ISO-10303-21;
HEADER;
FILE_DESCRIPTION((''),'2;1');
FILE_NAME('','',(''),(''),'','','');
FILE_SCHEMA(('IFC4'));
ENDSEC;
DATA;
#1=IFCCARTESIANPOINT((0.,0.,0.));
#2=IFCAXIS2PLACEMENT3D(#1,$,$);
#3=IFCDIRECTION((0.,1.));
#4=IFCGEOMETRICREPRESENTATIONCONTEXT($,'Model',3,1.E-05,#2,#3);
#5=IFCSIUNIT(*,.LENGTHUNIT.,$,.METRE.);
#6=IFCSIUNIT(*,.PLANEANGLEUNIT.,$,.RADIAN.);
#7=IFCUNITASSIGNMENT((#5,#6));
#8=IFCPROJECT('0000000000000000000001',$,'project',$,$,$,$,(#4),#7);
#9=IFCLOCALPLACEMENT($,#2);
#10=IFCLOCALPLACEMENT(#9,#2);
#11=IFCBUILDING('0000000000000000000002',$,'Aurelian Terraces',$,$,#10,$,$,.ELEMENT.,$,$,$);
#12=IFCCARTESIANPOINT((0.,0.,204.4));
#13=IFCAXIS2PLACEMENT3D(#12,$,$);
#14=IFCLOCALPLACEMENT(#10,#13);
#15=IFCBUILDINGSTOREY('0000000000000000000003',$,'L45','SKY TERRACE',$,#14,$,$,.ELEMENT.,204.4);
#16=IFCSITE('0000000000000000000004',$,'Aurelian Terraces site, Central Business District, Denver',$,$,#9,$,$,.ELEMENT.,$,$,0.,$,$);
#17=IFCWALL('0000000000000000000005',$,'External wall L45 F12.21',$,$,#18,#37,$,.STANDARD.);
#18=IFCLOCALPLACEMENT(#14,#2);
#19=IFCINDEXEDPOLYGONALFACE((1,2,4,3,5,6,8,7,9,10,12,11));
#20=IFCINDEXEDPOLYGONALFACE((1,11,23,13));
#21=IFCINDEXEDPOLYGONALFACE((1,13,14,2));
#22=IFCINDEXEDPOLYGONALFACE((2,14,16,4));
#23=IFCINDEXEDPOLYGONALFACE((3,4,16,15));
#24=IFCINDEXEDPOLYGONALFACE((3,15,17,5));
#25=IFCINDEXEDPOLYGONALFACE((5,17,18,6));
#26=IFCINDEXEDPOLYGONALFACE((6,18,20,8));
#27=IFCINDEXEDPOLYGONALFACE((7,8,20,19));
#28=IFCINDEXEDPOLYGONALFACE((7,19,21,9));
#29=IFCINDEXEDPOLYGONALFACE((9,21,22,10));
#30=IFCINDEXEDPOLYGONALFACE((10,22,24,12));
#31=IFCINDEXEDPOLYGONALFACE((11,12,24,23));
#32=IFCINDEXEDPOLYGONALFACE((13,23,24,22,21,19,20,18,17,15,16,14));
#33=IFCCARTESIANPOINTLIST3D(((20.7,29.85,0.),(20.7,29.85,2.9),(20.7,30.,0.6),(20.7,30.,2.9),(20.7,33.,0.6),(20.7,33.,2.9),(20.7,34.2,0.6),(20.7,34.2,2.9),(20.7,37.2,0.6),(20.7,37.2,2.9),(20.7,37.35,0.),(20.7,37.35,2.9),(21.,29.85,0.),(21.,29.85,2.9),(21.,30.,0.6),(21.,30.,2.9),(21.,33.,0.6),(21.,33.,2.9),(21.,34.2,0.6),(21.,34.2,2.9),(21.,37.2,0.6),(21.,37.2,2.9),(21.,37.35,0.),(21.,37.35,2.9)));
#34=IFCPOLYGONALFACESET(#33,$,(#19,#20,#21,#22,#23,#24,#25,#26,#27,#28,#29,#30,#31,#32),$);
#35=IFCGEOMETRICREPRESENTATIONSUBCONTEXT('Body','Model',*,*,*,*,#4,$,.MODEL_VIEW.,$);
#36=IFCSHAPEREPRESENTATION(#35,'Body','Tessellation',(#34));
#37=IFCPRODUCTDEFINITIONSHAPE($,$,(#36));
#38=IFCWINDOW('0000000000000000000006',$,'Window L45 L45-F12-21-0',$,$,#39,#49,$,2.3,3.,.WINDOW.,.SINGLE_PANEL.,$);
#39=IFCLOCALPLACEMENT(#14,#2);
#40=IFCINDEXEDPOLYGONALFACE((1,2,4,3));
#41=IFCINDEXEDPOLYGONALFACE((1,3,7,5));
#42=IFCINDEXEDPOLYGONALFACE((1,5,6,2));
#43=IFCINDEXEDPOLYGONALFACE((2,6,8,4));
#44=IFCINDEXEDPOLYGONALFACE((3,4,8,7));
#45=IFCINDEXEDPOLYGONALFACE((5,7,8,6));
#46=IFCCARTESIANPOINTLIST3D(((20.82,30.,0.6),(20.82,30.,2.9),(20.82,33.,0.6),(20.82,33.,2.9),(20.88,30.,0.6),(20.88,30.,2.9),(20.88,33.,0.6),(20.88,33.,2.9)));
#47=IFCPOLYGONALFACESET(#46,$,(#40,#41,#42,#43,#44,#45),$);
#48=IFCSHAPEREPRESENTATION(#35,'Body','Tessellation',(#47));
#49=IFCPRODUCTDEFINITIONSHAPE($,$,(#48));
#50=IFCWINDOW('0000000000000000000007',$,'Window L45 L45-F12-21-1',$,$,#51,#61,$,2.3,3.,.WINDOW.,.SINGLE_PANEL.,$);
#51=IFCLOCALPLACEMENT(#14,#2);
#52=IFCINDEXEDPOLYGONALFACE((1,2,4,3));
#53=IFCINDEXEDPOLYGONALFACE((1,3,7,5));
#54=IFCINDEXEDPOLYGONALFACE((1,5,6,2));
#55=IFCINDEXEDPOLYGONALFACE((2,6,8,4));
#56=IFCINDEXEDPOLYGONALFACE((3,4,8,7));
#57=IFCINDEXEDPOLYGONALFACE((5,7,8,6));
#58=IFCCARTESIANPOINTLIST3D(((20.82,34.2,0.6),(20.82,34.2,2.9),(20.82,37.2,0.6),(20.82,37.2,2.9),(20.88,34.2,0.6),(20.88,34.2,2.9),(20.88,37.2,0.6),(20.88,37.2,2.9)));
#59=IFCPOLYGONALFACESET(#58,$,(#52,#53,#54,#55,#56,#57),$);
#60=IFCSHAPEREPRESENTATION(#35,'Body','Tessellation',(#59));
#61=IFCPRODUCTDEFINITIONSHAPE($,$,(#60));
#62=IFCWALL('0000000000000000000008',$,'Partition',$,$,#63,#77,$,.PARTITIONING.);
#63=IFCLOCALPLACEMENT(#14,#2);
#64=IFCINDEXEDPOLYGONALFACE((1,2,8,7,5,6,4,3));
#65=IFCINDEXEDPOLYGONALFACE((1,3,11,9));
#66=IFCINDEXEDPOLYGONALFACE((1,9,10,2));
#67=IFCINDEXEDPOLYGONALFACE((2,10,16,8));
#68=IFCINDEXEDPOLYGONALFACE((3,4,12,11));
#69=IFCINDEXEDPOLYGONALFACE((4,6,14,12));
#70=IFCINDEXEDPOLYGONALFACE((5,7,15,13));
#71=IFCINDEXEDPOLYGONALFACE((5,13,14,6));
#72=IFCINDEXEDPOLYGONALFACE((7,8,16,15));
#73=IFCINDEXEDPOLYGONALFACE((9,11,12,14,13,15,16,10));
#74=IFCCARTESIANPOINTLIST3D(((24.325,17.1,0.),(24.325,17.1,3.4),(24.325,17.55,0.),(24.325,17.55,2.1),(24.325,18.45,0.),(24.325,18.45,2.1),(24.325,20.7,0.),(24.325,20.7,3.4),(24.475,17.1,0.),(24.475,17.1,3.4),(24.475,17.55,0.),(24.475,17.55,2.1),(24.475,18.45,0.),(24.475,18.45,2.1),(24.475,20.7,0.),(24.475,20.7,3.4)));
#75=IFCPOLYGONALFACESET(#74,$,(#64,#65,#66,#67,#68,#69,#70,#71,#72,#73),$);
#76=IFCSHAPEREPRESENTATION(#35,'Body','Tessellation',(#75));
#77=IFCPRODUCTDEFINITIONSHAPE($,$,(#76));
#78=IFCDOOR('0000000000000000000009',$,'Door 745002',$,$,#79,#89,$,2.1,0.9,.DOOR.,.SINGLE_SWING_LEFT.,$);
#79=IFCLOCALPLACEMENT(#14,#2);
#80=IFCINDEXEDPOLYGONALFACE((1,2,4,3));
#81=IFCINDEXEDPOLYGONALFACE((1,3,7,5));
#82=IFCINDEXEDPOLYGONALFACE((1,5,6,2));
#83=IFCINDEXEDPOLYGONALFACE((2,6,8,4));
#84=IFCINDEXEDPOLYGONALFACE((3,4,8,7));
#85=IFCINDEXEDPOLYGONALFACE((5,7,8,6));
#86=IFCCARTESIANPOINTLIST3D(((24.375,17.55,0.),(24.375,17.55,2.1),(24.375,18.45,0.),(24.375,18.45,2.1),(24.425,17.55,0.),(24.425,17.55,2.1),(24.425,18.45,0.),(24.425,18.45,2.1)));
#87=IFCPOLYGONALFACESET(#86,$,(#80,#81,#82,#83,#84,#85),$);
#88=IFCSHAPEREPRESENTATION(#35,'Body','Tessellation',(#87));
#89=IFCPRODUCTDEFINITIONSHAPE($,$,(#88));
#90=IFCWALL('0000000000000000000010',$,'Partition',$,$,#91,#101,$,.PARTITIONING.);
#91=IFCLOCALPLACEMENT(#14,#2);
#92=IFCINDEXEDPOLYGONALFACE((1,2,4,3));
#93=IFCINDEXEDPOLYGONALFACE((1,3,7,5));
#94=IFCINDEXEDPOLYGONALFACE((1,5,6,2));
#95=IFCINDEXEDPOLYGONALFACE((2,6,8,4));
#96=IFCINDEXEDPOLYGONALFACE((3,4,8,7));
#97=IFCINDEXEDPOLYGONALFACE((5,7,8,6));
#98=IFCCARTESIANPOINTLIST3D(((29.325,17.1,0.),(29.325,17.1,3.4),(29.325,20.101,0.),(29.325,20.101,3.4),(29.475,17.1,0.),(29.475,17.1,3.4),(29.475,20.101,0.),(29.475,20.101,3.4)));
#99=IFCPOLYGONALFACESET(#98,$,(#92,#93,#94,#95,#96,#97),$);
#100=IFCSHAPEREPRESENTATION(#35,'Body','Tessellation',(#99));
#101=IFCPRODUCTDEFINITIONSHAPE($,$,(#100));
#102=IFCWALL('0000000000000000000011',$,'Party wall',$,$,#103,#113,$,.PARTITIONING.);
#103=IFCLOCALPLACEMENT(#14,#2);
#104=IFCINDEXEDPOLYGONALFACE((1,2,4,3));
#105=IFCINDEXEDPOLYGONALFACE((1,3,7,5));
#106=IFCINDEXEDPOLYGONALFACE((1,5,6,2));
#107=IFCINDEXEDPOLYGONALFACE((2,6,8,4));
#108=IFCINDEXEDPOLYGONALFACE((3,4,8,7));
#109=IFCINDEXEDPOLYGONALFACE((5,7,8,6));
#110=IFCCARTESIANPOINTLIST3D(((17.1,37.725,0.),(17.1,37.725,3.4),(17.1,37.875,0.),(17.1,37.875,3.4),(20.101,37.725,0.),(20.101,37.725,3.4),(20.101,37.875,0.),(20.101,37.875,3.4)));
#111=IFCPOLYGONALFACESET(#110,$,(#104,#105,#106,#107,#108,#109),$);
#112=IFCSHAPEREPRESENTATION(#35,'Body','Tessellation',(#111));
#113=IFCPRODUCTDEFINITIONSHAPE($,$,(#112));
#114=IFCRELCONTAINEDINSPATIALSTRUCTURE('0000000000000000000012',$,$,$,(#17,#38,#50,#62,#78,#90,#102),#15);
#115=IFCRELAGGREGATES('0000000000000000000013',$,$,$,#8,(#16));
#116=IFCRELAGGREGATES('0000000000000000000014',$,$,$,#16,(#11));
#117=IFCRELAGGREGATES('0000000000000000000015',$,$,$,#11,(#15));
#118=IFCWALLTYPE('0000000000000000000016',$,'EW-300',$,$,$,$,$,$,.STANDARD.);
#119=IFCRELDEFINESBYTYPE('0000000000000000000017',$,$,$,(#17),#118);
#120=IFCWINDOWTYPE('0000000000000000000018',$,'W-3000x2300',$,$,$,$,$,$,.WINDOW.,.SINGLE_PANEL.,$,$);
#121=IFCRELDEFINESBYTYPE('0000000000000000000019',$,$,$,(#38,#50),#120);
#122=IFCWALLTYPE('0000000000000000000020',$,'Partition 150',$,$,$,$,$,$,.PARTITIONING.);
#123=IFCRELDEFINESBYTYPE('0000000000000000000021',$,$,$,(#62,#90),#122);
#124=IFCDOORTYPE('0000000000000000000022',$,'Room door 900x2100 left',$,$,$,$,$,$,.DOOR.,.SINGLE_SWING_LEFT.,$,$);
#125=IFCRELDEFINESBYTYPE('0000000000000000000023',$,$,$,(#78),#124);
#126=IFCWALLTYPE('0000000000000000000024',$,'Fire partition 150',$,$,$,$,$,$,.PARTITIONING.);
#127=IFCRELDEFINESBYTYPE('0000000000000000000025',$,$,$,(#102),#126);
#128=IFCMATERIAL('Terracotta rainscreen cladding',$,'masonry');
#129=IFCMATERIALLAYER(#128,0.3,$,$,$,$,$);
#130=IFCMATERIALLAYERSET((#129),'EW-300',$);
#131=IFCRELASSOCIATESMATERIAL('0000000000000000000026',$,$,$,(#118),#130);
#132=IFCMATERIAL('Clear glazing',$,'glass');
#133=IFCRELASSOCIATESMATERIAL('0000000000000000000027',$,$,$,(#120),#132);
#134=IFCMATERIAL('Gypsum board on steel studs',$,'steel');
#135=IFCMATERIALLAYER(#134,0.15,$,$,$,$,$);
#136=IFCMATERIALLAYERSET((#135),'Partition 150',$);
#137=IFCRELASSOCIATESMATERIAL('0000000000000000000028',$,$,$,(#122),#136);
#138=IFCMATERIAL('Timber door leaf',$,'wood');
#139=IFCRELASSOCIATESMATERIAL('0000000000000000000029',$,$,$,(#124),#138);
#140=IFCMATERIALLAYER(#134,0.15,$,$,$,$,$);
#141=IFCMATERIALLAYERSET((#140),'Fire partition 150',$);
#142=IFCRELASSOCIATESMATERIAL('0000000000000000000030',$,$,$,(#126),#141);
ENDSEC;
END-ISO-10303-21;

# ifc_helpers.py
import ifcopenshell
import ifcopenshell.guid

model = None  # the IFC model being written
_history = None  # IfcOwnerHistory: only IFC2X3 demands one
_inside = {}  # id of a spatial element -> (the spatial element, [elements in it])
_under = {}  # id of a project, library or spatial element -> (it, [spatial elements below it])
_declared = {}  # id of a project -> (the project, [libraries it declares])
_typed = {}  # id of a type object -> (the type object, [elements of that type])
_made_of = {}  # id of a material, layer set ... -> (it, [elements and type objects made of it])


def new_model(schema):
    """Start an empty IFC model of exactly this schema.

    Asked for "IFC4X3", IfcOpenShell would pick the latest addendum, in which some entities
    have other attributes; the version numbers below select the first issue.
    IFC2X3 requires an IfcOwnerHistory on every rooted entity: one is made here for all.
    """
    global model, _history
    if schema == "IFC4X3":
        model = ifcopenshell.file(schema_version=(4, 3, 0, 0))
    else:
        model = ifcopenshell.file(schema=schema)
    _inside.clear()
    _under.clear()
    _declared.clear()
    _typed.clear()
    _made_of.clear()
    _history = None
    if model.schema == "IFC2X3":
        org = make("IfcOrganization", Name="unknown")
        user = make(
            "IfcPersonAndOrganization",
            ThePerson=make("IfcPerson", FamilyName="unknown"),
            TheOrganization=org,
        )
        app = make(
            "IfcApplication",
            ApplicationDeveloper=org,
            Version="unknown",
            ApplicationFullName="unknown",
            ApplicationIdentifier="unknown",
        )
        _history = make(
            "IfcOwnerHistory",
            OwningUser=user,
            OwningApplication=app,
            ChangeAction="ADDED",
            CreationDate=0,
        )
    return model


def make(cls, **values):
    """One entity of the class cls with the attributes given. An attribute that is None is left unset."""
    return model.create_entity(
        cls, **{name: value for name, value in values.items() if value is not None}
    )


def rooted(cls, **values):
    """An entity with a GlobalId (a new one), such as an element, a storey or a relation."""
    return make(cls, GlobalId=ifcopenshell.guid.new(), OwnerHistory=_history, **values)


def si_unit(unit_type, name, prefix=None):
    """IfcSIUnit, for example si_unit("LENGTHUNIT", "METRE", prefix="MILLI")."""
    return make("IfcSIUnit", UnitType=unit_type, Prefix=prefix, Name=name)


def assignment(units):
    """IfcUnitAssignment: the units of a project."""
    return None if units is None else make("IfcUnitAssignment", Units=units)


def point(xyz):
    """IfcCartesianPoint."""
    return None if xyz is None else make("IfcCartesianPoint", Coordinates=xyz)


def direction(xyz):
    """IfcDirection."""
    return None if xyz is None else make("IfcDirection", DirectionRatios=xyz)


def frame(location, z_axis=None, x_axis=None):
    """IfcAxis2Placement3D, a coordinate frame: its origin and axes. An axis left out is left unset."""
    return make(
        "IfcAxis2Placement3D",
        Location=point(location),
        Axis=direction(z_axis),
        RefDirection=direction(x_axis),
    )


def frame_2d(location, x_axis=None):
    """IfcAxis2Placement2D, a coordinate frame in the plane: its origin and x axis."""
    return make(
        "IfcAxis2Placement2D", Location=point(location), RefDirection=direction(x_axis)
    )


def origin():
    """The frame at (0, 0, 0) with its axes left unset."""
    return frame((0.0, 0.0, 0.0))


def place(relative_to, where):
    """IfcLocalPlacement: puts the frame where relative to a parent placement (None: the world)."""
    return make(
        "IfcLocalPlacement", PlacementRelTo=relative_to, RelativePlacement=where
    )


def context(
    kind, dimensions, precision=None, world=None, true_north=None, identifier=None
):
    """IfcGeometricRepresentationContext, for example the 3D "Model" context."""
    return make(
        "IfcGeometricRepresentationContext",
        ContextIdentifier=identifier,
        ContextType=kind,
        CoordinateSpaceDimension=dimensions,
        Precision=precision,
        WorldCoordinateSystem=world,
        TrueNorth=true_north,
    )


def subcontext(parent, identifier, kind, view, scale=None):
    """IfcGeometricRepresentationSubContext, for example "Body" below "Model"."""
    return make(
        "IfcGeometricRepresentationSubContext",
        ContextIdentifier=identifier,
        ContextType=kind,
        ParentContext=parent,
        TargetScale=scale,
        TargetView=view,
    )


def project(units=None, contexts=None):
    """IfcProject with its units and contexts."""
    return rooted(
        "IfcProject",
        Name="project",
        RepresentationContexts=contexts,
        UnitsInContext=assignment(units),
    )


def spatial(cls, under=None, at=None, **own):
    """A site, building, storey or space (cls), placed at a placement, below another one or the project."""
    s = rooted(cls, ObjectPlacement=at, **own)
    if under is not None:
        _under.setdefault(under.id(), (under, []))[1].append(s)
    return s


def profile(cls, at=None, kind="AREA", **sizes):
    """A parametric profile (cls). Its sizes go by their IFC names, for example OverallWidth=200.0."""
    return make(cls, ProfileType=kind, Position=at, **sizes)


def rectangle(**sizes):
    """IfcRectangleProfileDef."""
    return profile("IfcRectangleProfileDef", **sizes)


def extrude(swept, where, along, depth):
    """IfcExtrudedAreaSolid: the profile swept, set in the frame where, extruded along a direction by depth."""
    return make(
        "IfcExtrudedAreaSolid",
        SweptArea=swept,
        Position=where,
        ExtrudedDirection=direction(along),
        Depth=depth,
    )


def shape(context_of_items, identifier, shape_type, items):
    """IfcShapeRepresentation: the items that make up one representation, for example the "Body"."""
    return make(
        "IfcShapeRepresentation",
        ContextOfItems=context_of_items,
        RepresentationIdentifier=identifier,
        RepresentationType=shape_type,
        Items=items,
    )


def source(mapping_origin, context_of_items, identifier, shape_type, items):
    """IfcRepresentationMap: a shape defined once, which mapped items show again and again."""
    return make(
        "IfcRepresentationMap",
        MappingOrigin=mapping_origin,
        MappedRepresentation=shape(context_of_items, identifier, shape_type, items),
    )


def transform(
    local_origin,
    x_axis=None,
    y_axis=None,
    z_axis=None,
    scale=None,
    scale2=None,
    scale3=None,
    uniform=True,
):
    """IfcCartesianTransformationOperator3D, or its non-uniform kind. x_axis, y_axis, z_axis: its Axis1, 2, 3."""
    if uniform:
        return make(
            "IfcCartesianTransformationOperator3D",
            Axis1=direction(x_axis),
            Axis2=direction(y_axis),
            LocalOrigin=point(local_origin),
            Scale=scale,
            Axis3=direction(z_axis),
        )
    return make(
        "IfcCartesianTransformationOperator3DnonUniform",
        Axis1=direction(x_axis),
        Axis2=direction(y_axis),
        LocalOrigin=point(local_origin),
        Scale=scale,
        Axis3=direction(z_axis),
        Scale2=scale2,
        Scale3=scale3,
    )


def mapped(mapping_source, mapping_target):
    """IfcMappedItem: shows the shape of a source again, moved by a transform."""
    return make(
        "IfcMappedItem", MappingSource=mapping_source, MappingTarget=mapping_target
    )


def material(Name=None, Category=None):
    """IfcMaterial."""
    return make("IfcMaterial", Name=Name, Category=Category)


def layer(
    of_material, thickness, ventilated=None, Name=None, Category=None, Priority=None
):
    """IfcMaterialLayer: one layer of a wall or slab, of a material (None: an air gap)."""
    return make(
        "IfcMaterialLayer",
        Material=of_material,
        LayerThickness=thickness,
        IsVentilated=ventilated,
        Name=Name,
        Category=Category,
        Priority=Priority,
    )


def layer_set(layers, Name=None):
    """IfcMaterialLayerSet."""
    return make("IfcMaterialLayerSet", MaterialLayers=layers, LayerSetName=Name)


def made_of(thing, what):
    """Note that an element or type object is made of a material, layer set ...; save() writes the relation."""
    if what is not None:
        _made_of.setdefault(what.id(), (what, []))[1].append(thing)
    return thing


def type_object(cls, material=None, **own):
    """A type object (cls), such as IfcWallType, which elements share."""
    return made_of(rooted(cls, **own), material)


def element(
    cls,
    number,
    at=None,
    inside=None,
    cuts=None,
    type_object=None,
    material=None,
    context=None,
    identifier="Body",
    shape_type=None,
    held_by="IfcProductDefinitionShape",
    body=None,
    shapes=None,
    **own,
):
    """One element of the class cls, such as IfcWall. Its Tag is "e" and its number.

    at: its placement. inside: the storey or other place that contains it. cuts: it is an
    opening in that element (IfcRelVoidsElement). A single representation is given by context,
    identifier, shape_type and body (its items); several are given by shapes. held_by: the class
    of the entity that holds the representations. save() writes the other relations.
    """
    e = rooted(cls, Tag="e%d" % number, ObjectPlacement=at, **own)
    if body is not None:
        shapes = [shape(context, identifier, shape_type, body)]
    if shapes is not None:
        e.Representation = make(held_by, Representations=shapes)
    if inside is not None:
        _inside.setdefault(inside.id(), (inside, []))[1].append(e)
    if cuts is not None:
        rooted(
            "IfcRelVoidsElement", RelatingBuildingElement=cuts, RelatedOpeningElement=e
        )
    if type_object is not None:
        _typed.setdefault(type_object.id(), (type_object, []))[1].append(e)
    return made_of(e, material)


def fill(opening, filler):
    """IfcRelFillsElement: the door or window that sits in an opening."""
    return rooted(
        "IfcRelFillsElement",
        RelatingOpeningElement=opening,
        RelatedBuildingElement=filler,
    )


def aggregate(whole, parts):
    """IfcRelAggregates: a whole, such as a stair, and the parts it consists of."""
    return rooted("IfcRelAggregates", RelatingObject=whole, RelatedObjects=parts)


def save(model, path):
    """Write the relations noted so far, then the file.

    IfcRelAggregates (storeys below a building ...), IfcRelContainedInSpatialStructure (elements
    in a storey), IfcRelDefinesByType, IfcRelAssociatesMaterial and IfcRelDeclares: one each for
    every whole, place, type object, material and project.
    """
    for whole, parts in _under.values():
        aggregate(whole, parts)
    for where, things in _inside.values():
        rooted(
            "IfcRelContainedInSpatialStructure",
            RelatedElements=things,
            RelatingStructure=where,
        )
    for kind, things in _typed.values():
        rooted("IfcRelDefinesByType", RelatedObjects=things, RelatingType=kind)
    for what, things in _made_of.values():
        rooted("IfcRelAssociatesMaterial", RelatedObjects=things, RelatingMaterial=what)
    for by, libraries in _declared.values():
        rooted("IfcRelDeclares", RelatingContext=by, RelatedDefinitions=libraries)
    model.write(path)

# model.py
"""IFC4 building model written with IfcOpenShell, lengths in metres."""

from ifc_helpers import new_model, si_unit, direction, frame, frame_2d, origin, place, context, subcontext, project, spatial, rectangle, extrude, source, transform, mapped, material, layer, layer_set, type_object, element, fill, save


model = new_model("IFC4")

# Units and contexts
model_context = context("Model", 3, precision=1e-05, world=origin(), true_north=direction((0.0, 1.0)))
body_context = subcontext(model_context, "Body", "Model", "MODEL_VIEW")
ifc_project = project(units=[si_unit("LENGTHUNIT", "METRE"), si_unit("PLANEANGLEUNIT", "RADIAN")], contexts=[model_context])

# Site, building, storey
site_placement = place(None, origin())
site = spatial("IfcSite", under=ifc_project, at=site_placement, Name="Aurelian Terraces site, Central Business District, Denver", CompositionType="ELEMENT", RefElevation=0.0)
building_placement = place(site_placement, origin())
building = spatial("IfcBuilding", under=site, at=building_placement, Name="Aurelian Terraces", CompositionType="ELEMENT")
storey_placement = place(building_placement, frame((0.0, 0.0, 204.4)))
storey = spatial("IfcBuildingStorey", under=building, at=storey_placement, Name="L45", Description="SKY TERRACE", CompositionType="ELEMENT", Elevation=204.4)

# Shared definitions
ifc_material_1 = material(Name="Terracotta rainscreen cladding", Category="masonry")
ifc_layer_1 = layer(ifc_material_1, 0.3)
ifc_layer_set_1 = layer_set([ifc_layer_1], Name="EW-300")
wall_type_1 = type_object("IfcWallType", Name="EW-300", PredefinedType="STANDARD", material=ifc_layer_set_1)
shared_shape_1 = source(origin(), body_context, "Body", "SweptSolid", [
    extrude(rectangle(XDim=3.0, YDim=2.3, at=frame_2d((1.5, 1.15))), frame((0.0, 0.16, 0.0), z_axis=(0.0, -1.0, 0.0), x_axis=(1.0, 0.0, 0.0)), (0.0, 0.0, 1.0), 0.32),
])
ifc_material_2 = material(Name="Clear glazing", Category="glass")
window_type_1 = type_object("IfcWindowType", Name="W-3000x2300", PartitioningType="SINGLE_PANEL", PredefinedType="WINDOW", material=ifc_material_2)
shared_shape_2 = source(origin(), body_context, "Body", "SweptSolid", [
    extrude(rectangle(XDim=3.0, YDim=2.3, at=frame_2d((1.5, 1.15))), frame((0.0, 0.03, 0.0), z_axis=(0.0, -1.0, 0.0), x_axis=(1.0, 0.0, 0.0)), (0.0, 0.0, 1.0), 0.06),
])

# Wall, openings, windows
shared_shape_3 = source(origin(), body_context, "Body", "SweptSolid", [
    extrude(rectangle(XDim=7.5, YDim=0.3, at=frame_2d((3.75, 0.0))), origin(), (0.0, 0.0, 1.0), 2.9),
])
wall_1_placement = place(storey_placement, frame((20.85, 29.85, 0.0), z_axis=(0.0, 0.0, 1.0), x_axis=(0.0, 1.0, 0.0)))
wall_1 = element("IfcWall", 1, at=wall_1_placement, inside=storey, type_object=wall_type_1, Name="External wall L45 F12.21", PredefinedType="STANDARD", context=body_context, shape_type="MappedRepresentation", body=[
    mapped(shared_shape_3, transform((0.0, 0.0, 0.0), scale=1.0)),
])
opening_1_placement = place(wall_1_placement, frame((0.15, 0.0, 0.6)))
opening_1 = element("IfcOpeningElement", 2, at=opening_1_placement, cuts=wall_1, PredefinedType="OPENING", context=body_context, shape_type="MappedRepresentation", body=[
    mapped(shared_shape_1, transform((0.0, 0.0, 0.0), scale=1.0)),
])
opening_2_placement = place(wall_1_placement, frame((4.35, 0.0, 0.6)))
opening_2 = element("IfcOpeningElement", 3, at=opening_2_placement, cuts=wall_1, PredefinedType="OPENING", context=body_context, shape_type="MappedRepresentation", body=[
    mapped(shared_shape_1, transform((0.0, 0.0, 0.0), scale=1.0)),
])
window_1_placement = place(opening_1_placement, origin())
window_1 = element("IfcWindow", 4, at=window_1_placement, inside=storey, type_object=window_type_1, Name="Window L45 L45-F12-21-0", OverallHeight=2.3, OverallWidth=3.0, PartitioningType="SINGLE_PANEL", PredefinedType="WINDOW", context=body_context, shape_type="MappedRepresentation", body=[
    mapped(shared_shape_2, transform((0.0, 0.0, 0.0), scale=1.0)),
])
fill(opening_1, window_1)
window_2_placement = place(opening_2_placement, origin())
window_2 = element("IfcWindow", 5, at=window_2_placement, inside=storey, type_object=window_type_1, Name="Window L45 L45-F12-21-1", OverallHeight=2.3, OverallWidth=3.0, PartitioningType="SINGLE_PANEL", PredefinedType="WINDOW", context=body_context, shape_type="MappedRepresentation", body=[
    mapped(shared_shape_2, transform((0.0, 0.0, 0.0), scale=1.0)),
])
fill(opening_2, window_2)

# Wall, opening, door
ifc_material_3 = material(Name="Gypsum board on steel studs", Category="steel")
ifc_layer_2 = layer(ifc_material_3, 0.15)
ifc_layer_set_2 = layer_set([ifc_layer_2], Name="Partition 150")
wall_type_2 = type_object("IfcWallType", Name="Partition 150", PredefinedType="PARTITIONING", material=ifc_layer_set_2)
shared_shape_4 = source(origin(), body_context, "Body", "SweptSolid", [
    extrude(rectangle(XDim=3.6, YDim=0.15, at=frame_2d((1.8, 0.0))), origin(), (0.0, 0.0, 1.0), 3.4),
])
wall_2_placement = place(storey_placement, frame((24.4, 20.7, 0.0), z_axis=(0.0, 0.0, 1.0), x_axis=(0.0, -1.0, 0.0)))
wall_2 = element("IfcWall", 6, at=wall_2_placement, inside=storey, type_object=wall_type_2, Name="Partition", PredefinedType="PARTITIONING", context=body_context, shape_type="MappedRepresentation", body=[
    mapped(shared_shape_4, transform((0.0, 0.0, 0.0), scale=1.0)),
])
shared_shape_5 = source(origin(), body_context, "Body", "SweptSolid", [
    extrude(rectangle(XDim=0.9, YDim=2.1, at=frame_2d((0.45, 1.05))), frame((0.0, 0.085, 0.0), z_axis=(0.0, -1.0, 0.0), x_axis=(1.0, 0.0, 0.0)), (0.0, 0.0, 1.0), 0.17),
])
opening_3_placement = place(wall_2_placement, frame((2.25, 0.0, 0.0)))
opening_3 = element("IfcOpeningElement", 7, at=opening_3_placement, cuts=wall_2, PredefinedType="OPENING", context=body_context, shape_type="MappedRepresentation", body=[
    mapped(shared_shape_5, transform((0.0, 0.0, 0.0), scale=1.0)),
])
ifc_material_4 = material(Name="Timber door leaf", Category="wood")
door_type = type_object("IfcDoorType", Name="Room door 900x2100 left", OperationType="SINGLE_SWING_LEFT", PredefinedType="DOOR", material=ifc_material_4)
shared_shape_6 = source(origin(), body_context, "Body", "SweptSolid", [
    extrude(rectangle(XDim=0.9, YDim=2.1, at=frame_2d((0.45, 1.05))), frame((0.0, 0.025, 0.0), z_axis=(0.0, -1.0, 0.0), x_axis=(1.0, 0.0, 0.0)), (0.0, 0.0, 1.0), 0.05),
])
door_placement = place(opening_3_placement, origin())
door = element("IfcDoor", 8, at=door_placement, inside=storey, type_object=door_type, Name="Door 745002", OperationType="SINGLE_SWING_LEFT", OverallHeight=2.1, OverallWidth=0.9, PredefinedType="DOOR", context=body_context, shape_type="MappedRepresentation", body=[
    mapped(shared_shape_6, transform((0.0, 0.0, 0.0), scale=1.0)),
])
fill(opening_3, door)

# Walls
shared_shape_7 = source(origin(), body_context, "Body", "SweptSolid", [
    extrude(rectangle(XDim=3.001, YDim=0.15, at=frame_2d((1.5005, 0.0))), origin(), (0.0, 0.0, 1.0), 3.4),
])
wall_3_placement = place(storey_placement, frame((29.4, 17.1, 0.0), z_axis=(0.0, 0.0, 1.0), x_axis=(0.0, 1.0, 0.0)))
element("IfcWall", 9, at=wall_3_placement, inside=storey, type_object=wall_type_2, Name="Partition", PredefinedType="PARTITIONING", context=body_context, shape_type="MappedRepresentation", body=[
    mapped(shared_shape_7, transform((0.0, 0.0, 0.0), scale=1.0)),
])
ifc_layer_3 = layer(ifc_material_3, 0.15)
ifc_layer_set_3 = layer_set([ifc_layer_3], Name="Fire partition 150")
wall_type_3 = type_object("IfcWallType", Name="Fire partition 150", PredefinedType="PARTITIONING", material=ifc_layer_set_3)
wall_4_placement = place(storey_placement, frame((20.101, 37.8, 0.0), z_axis=(0.0, 0.0, 1.0), x_axis=(-1.0, 0.0, 0.0)))
element("IfcWall", 10, at=wall_4_placement, inside=storey, type_object=wall_type_3, Name="Party wall", PredefinedType="PARTITIONING", context=body_context, shape_type="MappedRepresentation", body=[
    mapped(shared_shape_7, transform((0.0, 0.0, 0.0), scale=1.0)),
])

save(model, "model.ifc")
